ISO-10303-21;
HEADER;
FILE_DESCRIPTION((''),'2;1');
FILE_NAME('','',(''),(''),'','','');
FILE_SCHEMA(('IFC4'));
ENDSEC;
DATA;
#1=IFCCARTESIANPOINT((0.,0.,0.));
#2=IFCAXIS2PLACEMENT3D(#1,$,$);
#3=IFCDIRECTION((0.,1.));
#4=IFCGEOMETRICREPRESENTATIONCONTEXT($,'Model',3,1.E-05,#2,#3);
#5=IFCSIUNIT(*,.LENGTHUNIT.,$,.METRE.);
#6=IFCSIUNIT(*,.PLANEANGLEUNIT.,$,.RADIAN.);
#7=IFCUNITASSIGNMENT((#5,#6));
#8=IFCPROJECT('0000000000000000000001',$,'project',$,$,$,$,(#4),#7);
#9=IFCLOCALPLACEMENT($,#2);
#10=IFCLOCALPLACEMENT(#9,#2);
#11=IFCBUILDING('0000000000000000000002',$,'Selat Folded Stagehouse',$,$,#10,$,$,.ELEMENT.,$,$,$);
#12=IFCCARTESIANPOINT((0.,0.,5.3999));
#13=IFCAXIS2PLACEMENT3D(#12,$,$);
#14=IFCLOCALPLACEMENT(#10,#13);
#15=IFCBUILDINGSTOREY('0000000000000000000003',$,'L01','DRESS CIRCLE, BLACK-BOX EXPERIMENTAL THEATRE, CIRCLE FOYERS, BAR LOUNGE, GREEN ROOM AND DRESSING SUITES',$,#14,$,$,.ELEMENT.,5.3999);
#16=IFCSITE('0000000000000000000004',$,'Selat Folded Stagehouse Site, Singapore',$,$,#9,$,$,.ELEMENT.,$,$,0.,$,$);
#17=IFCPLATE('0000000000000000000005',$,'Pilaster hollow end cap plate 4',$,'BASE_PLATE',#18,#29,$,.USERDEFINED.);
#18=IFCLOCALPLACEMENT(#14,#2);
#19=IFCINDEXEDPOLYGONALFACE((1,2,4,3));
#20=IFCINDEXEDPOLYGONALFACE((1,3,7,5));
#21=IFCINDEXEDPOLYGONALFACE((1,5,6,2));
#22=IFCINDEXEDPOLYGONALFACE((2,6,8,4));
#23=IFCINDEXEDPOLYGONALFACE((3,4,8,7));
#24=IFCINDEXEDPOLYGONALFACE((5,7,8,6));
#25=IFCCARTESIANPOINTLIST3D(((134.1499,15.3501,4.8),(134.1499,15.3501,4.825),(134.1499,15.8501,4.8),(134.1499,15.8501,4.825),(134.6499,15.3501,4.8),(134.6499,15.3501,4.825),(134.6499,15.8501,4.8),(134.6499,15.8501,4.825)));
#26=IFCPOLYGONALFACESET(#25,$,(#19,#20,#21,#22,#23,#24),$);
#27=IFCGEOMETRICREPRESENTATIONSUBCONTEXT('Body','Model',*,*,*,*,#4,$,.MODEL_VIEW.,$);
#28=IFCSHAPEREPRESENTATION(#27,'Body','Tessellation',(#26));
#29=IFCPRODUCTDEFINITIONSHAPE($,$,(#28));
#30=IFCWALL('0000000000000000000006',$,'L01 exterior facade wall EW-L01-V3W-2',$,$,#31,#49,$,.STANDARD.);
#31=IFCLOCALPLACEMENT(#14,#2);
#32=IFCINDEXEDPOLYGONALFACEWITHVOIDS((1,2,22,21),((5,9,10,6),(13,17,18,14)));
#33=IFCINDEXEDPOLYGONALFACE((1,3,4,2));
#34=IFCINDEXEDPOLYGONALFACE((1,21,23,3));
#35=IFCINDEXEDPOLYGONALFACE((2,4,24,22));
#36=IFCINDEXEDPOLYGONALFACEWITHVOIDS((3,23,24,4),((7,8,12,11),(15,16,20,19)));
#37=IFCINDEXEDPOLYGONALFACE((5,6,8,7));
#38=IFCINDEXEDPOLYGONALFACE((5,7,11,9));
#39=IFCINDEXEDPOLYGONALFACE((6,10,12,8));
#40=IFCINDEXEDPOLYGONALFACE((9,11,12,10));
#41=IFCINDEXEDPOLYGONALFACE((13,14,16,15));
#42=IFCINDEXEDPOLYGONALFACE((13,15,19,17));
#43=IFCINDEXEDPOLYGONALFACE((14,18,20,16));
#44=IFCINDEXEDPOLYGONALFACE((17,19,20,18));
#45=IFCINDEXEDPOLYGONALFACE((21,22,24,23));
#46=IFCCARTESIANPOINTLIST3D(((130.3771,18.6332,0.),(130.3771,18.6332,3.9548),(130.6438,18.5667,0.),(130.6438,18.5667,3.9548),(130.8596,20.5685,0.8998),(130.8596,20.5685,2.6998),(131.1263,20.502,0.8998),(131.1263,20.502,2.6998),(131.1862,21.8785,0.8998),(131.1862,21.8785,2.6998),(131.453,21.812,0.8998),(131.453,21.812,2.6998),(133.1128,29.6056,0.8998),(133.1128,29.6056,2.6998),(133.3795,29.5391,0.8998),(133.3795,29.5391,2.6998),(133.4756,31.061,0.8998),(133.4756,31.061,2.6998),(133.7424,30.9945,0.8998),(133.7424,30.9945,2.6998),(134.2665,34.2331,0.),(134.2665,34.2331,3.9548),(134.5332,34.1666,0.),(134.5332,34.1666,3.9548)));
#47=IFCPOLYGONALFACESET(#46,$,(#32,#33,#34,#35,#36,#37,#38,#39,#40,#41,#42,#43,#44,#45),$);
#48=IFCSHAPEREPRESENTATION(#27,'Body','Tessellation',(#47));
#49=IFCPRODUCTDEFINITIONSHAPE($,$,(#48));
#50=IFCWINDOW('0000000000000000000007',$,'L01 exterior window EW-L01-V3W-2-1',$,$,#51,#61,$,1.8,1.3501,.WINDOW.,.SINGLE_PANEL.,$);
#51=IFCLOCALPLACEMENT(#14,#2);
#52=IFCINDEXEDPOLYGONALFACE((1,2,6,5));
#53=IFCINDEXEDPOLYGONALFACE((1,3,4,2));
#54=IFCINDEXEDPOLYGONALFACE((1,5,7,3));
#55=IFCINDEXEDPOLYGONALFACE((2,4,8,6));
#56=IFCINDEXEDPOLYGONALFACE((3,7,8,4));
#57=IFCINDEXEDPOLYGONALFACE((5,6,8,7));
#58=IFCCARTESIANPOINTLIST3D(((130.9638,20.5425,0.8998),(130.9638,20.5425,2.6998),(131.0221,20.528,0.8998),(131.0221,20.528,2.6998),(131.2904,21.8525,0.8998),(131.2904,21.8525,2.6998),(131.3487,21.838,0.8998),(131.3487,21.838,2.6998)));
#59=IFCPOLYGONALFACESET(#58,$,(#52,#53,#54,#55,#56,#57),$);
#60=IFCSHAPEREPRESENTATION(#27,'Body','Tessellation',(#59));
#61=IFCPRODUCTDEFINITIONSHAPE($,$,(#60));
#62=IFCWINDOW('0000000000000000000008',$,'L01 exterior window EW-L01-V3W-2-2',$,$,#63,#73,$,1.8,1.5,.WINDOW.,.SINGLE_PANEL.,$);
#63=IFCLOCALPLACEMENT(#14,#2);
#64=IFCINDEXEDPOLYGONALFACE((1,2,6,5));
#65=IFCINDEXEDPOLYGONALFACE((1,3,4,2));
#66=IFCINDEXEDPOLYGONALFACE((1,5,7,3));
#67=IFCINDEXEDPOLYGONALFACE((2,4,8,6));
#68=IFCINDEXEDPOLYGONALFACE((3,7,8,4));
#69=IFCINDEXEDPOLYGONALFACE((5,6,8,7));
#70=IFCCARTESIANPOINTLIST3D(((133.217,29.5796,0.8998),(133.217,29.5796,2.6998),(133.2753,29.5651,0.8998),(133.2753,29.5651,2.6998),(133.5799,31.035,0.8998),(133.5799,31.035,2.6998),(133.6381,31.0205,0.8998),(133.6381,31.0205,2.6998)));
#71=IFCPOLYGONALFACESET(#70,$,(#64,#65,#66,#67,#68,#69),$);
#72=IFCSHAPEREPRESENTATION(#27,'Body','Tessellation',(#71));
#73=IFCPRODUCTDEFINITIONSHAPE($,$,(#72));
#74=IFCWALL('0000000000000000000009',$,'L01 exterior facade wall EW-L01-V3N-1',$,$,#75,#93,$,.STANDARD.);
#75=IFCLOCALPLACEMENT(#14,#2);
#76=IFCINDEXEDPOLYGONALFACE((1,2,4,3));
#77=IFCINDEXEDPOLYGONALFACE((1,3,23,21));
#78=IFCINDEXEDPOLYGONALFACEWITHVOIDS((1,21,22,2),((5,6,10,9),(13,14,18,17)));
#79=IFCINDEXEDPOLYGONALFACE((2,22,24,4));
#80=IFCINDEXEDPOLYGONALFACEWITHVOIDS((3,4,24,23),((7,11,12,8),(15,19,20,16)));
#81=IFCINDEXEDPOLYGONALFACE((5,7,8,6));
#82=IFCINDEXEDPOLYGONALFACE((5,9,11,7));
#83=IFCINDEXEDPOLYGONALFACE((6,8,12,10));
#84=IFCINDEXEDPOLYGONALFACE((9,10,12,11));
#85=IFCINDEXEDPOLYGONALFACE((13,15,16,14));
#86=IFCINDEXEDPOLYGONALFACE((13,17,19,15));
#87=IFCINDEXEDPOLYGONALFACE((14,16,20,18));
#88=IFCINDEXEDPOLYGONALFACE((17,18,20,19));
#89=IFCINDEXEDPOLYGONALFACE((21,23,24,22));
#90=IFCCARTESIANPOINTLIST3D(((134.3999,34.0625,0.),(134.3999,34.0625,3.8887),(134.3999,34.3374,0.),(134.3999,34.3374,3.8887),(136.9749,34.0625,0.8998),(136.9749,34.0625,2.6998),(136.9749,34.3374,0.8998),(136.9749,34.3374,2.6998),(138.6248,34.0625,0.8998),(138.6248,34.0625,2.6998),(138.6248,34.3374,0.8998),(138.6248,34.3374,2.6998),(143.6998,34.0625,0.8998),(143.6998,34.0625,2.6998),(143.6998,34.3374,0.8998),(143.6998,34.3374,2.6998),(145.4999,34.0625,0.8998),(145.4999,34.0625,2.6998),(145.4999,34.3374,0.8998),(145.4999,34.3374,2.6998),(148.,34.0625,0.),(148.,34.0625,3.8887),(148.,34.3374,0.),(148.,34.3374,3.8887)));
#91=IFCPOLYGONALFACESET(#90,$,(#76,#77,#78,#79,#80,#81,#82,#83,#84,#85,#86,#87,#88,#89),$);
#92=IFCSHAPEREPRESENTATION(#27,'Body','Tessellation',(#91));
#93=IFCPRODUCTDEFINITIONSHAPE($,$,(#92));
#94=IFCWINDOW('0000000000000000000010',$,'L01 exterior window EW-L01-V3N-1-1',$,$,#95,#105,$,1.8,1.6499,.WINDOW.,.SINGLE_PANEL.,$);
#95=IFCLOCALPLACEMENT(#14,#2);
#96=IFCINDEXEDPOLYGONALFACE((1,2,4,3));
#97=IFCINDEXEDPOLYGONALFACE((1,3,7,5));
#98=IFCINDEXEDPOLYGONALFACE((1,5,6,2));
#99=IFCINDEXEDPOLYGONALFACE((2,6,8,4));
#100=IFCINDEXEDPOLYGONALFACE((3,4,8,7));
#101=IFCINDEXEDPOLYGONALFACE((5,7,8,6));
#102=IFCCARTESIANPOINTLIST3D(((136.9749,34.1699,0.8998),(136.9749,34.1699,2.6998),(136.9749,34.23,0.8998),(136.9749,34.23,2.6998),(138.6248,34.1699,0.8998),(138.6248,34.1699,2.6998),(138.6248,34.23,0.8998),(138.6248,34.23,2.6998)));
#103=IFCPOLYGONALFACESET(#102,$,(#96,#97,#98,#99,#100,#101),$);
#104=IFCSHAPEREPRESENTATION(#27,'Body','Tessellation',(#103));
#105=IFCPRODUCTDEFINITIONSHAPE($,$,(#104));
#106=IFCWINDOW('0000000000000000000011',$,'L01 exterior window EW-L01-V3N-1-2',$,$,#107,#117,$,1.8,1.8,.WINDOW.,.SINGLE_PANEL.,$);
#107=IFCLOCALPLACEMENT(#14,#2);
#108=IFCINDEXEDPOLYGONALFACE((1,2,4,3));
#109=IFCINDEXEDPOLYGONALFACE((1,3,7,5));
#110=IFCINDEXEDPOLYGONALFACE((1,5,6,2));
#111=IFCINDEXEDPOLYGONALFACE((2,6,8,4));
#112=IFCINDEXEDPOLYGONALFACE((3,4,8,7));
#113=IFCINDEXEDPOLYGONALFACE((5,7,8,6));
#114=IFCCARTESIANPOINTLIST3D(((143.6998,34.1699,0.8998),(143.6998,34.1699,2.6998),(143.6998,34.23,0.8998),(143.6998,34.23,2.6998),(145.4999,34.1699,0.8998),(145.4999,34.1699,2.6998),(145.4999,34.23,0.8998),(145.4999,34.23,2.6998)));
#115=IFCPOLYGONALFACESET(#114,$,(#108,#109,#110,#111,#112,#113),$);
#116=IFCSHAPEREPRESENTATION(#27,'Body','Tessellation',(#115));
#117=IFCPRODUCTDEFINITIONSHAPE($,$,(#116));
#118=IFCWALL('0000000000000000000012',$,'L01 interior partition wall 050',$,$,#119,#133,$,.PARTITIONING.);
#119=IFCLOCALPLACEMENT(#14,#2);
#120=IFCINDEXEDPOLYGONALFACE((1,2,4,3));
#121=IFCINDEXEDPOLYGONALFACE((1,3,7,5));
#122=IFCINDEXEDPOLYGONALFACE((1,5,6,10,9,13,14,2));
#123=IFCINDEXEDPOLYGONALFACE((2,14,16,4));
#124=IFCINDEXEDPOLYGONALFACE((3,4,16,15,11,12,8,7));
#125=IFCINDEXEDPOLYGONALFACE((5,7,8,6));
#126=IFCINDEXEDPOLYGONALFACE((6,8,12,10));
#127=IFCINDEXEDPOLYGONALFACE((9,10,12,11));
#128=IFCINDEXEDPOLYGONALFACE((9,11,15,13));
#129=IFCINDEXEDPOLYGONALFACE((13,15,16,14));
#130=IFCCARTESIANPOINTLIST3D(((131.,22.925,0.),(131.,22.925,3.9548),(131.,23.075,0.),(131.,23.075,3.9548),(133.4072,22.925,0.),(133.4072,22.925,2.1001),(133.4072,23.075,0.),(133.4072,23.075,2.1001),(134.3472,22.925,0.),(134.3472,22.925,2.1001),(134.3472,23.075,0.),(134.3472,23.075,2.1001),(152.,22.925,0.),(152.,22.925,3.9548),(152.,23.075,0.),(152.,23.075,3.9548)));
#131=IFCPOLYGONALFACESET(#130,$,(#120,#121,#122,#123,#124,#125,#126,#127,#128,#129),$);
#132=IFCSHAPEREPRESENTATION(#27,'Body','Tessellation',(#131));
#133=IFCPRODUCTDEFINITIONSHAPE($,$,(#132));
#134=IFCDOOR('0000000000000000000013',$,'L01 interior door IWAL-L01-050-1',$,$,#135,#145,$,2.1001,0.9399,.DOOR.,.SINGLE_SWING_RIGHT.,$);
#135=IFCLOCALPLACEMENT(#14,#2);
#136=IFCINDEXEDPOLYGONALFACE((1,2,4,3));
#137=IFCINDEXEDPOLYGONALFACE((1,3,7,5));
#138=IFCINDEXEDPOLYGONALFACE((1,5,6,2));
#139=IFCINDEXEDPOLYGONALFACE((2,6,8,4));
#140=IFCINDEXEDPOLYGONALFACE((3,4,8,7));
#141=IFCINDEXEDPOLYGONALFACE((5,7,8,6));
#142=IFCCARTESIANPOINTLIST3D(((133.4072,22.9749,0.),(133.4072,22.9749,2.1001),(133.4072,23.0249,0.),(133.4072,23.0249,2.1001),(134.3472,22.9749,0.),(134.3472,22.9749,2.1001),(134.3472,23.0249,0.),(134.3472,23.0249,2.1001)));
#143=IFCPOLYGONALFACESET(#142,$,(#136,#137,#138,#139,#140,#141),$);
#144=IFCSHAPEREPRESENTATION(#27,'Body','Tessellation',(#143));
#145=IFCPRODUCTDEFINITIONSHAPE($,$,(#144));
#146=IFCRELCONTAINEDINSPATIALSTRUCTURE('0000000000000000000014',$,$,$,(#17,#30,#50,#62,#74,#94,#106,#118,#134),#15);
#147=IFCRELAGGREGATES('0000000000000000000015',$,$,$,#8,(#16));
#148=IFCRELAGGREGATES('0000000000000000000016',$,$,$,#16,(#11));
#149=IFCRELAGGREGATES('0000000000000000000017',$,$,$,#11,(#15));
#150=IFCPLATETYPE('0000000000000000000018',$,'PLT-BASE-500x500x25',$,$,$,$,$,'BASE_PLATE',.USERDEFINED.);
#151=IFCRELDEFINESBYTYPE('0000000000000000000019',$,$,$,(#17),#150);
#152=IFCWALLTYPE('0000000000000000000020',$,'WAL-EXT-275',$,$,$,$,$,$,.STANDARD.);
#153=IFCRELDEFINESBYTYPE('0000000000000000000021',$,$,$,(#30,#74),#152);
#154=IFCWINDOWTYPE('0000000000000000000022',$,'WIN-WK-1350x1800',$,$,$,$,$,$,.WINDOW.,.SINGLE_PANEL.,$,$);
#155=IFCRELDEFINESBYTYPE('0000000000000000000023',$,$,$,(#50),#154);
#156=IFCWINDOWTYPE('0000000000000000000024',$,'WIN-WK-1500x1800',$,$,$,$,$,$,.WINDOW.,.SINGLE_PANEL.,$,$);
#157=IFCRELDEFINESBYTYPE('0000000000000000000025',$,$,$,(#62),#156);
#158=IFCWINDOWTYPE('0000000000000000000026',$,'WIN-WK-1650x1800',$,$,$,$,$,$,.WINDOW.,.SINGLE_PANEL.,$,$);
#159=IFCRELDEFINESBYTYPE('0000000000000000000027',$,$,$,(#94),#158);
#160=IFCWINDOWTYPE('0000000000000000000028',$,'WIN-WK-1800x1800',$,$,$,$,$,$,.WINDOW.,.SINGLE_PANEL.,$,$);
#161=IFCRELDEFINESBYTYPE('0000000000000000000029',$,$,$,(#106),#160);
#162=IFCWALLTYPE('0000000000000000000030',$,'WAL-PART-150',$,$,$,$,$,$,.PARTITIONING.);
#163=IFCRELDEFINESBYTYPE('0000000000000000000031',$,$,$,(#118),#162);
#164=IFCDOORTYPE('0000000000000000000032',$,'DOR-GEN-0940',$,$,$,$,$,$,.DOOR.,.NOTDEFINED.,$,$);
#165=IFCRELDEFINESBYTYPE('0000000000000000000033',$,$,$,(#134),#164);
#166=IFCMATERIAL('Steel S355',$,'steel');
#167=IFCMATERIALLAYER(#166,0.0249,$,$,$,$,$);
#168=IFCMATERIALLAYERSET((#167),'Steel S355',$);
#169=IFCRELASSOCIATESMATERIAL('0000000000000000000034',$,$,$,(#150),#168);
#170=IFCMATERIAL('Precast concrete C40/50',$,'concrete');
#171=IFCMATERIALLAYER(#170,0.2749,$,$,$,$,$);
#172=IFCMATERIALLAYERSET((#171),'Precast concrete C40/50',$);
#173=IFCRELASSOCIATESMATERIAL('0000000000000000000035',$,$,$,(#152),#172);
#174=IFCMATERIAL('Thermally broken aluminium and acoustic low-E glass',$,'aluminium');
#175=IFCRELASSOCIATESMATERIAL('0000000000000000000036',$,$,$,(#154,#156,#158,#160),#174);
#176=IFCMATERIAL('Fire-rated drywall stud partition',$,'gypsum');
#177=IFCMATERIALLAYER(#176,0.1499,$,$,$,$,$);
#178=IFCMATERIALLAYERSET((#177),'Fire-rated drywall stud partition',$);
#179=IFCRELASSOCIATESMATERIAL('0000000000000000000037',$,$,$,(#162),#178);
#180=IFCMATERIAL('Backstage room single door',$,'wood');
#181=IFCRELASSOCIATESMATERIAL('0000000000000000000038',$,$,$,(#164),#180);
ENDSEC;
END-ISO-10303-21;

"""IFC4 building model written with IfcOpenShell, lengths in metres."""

from ifc_helpers import new_model, si_unit, direction, frame, frame_2d, origin, origin_2d, place, context, subcontext, project, spatial, rectangle, extrude, material, layer, layer_set, type_object, element, fill, save


model = new_model("IFC4")

# Units and contexts
model_context = context("Model", 3, precision=1e-05, world=origin(), true_north=direction((0.0, 1.0)))
body_context = subcontext(model_context, "Body", "Model", "MODEL_VIEW")
ifc_project = project(units=[si_unit("LENGTHUNIT", "METRE"), si_unit("PLANEANGLEUNIT", "RADIAN")], contexts=[model_context])

# Site, building, storey
site_placement = place(None, origin())
site = spatial("IfcSite", under=ifc_project, at=site_placement, Name="Selat Folded Stagehouse Site, Singapore", CompositionType="ELEMENT", RefElevation=0.0)
building_placement = place(site_placement, origin())
building = spatial("IfcBuilding", under=site, at=building_placement, Name="Selat Folded Stagehouse", CompositionType="ELEMENT")
storey_placement = place(building_placement, frame((0.0, 0.0, 5.3999)))
storey = spatial("IfcBuildingStorey", under=building, at=storey_placement, Name="L01", Description="DRESS CIRCLE, BLACK-BOX EXPERIMENTAL THEATRE, CIRCLE FOYERS, BAR LOUNGE, GREEN ROOM AND DRESSING SUITES", CompositionType="ELEMENT", Elevation=5.3999)

# Shared definitions
ifc_material_1 = material(Name="Steel S355", Category="steel")

# Plate
ifc_layer_1 = layer(ifc_material_1, 0.0249)
ifc_layer_set_1 = layer_set([ifc_layer_1], Name="Steel S355")
plate_type = type_object("IfcPlateType", Name="PLT-BASE-500x500x25", ElementType="BASE_PLATE", PredefinedType="USERDEFINED", material=ifc_layer_set_1)
plate_placement = place(storey_placement, frame((134.3999, 15.6001, 4.8), z_axis=(0.0, 0.0, 1.0), x_axis=(1.0, 0.0, 0.0)))
element("IfcPlate", 1, at=plate_placement, inside=storey, type_object=plate_type, Name="Pilaster hollow end cap plate 4", ObjectType="BASE_PLATE", PredefinedType="USERDEFINED", context=body_context, shape_type="SweptSolid", body=[
    extrude(rectangle(XDim=0.5, YDim=0.5, at=origin_2d()), origin(), (0.0, 0.0, 1.0), 0.0249),
])

# Walls, openings, windows
ifc_material_2 = material(Name="Precast concrete C40/50", Category="concrete")
ifc_layer_2 = layer(ifc_material_2, 0.2749)
ifc_layer_set_2 = layer_set([ifc_layer_2], Name="Precast concrete C40/50")
wall_type_1 = type_object("IfcWallType", Name="WAL-EXT-275", PredefinedType="STANDARD", material=ifc_layer_set_2)
wall_1_placement = place(storey_placement, frame((130.5105, 18.6001, 0.0), z_axis=(0.0, 0.0, 1.0), x_axis=(0.241917, 0.970297, 0.0)))
wall_1 = element("IfcWall", 2, at=wall_1_placement, inside=storey, type_object=wall_type_1, Name="L01 exterior facade wall EW-L01-V3W-2", PredefinedType="STANDARD", context=body_context, shape_type="SweptSolid", body=[
    extrude(rectangle(XDim=16.0774, YDim=0.2749, at=frame_2d((8.0386, 0.0))), origin(), (0.0, 0.0, 1.0), 3.9548),
])
opening_1_placement = place(wall_1_placement, frame((1.9944, 0.0, 0.8999)))
opening_1 = element("IfcOpeningElement", 3, at=opening_1_placement, cuts=wall_1, PredefinedType="OPENING", context=body_context, shape_type="SweptSolid", body=[
    extrude(rectangle(XDim=1.3501, YDim=1.8, at=frame_2d((0.675, 0.8999))), frame((0.0, 0.1475, 0.0), z_axis=(0.0, -1.0, 0.0), x_axis=(1.0, 0.0, 0.0)), (0.0, 0.0, 1.0), 0.2949),
])
opening_2_placement = place(wall_1_placement, frame((11.3081, 0.0, 0.8999)))
opening_2 = element("IfcOpeningElement", 4, at=opening_2_placement, cuts=wall_1, PredefinedType="OPENING", context=body_context, shape_type="SweptSolid", body=[
    extrude(rectangle(XDim=1.5, YDim=1.8, at=frame_2d((0.75, 0.8999))), frame((0.0, 0.1475, 0.0), z_axis=(0.0, -1.0, 0.0), x_axis=(1.0, 0.0, 0.0)), (0.0, 0.0, 1.0), 0.2949),
])
ifc_material_3 = material(Name="Thermally broken aluminium and acoustic low-E glass", Category="aluminium")
window_type_1 = type_object("IfcWindowType", Name="WIN-WK-1350x1800", PartitioningType="SINGLE_PANEL", PredefinedType="WINDOW", material=ifc_material_3)
window_1_placement = place(opening_1_placement, origin())
window_1 = element("IfcWindow", 5, at=window_1_placement, inside=storey, type_object=window_type_1, Name="L01 exterior window EW-L01-V3W-2-1", OverallHeight=1.8, OverallWidth=1.3501, PartitioningType="SINGLE_PANEL", PredefinedType="WINDOW", context=body_context, shape_type="SweptSolid", body=[
    extrude(rectangle(XDim=1.3501, YDim=1.8, at=frame_2d((0.675, 0.8999))), frame((0.0, 0.03, 0.0), z_axis=(0.0, -1.0, 0.0), x_axis=(1.0, 0.0, 0.0)), (0.0, 0.0, 1.0), 0.0601),
])
fill(opening_1, window_1)
window_type_2 = type_object("IfcWindowType", Name="WIN-WK-1500x1800", PartitioningType="SINGLE_PANEL", PredefinedType="WINDOW", material=ifc_material_3)
window_2_placement = place(opening_2_placement, origin())
window_2 = element("IfcWindow", 6, at=window_2_placement, inside=storey, type_object=window_type_2, Name="L01 exterior window EW-L01-V3W-2-2", OverallHeight=1.8, OverallWidth=1.5, PartitioningType="SINGLE_PANEL", PredefinedType="WINDOW", context=body_context, shape_type="SweptSolid", body=[
    extrude(rectangle(XDim=1.5, YDim=1.8, at=frame_2d((0.75, 0.8999))), frame((0.0, 0.03, 0.0), z_axis=(0.0, -1.0, 0.0), x_axis=(1.0, 0.0, 0.0)), (0.0, 0.0, 1.0), 0.0601),
])
fill(opening_2, window_2)
wall_2_placement = place(storey_placement, frame((134.3999, 34.2, 0.0), z_axis=(0.0, 0.0, 1.0), x_axis=(1.0, 0.0, 0.0)))
wall_2 = element("IfcWall", 7, at=wall_2_placement, inside=storey, type_object=wall_type_1, Name="L01 exterior facade wall EW-L01-V3N-1", PredefinedType="STANDARD", context=body_context, shape_type="SweptSolid", body=[
    extrude(rectangle(XDim=13.6001, YDim=0.2749, at=frame_2d((6.8, 0.0))), origin(), (0.0, 0.0, 1.0), 3.8887),
])
opening_3_placement = place(wall_2_placement, frame((2.575, 0.0, 0.8999)))
opening_3 = element("IfcOpeningElement", 8, at=opening_3_placement, cuts=wall_2, PredefinedType="OPENING", context=body_context, shape_type="SweptSolid", body=[
    extrude(rectangle(XDim=1.6499, YDim=1.8, at=frame_2d((0.825, 0.8999))), frame((0.0, 0.1475, 0.0), z_axis=(0.0, -1.0, 0.0), x_axis=(1.0, 0.0, 0.0)), (0.0, 0.0, 1.0), 0.2949),
])
opening_4_placement = place(wall_2_placement, frame((9.3, 0.0, 0.8999)))
opening_4 = element("IfcOpeningElement", 9, at=opening_4_placement, cuts=wall_2, PredefinedType="OPENING", context=body_context, shape_type="SweptSolid", body=[
    extrude(rectangle(XDim=1.8, YDim=1.8, at=frame_2d((0.8999, 0.8999))), frame((0.0, 0.1475, 0.0), z_axis=(0.0, -1.0, 0.0), x_axis=(1.0, 0.0, 0.0)), (0.0, 0.0, 1.0), 0.2949),
])
window_type_3 = type_object("IfcWindowType", Name="WIN-WK-1650x1800", PartitioningType="SINGLE_PANEL", PredefinedType="WINDOW", material=ifc_material_3)
window_3_placement = place(opening_3_placement, origin())
window_3 = element("IfcWindow", 10, at=window_3_placement, inside=storey, type_object=window_type_3, Name="L01 exterior window EW-L01-V3N-1-1", OverallHeight=1.8, OverallWidth=1.6499, PartitioningType="SINGLE_PANEL", PredefinedType="WINDOW", context=body_context, shape_type="SweptSolid", body=[
    extrude(rectangle(XDim=1.6499, YDim=1.8, at=frame_2d((0.825, 0.8999))), frame((0.0, 0.03, 0.0), z_axis=(0.0, -1.0, 0.0), x_axis=(1.0, 0.0, 0.0)), (0.0, 0.0, 1.0), 0.0601),
])
fill(opening_3, window_3)
window_type_4 = type_object("IfcWindowType", Name="WIN-WK-1800x1800", PartitioningType="SINGLE_PANEL", PredefinedType="WINDOW", material=ifc_material_3)
window_4_placement = place(opening_4_placement, origin())
window_4 = element("IfcWindow", 11, at=window_4_placement, inside=storey, type_object=window_type_4, Name="L01 exterior window EW-L01-V3N-1-2", OverallHeight=1.8, OverallWidth=1.8, PartitioningType="SINGLE_PANEL", PredefinedType="WINDOW", context=body_context, shape_type="SweptSolid", body=[
    extrude(rectangle(XDim=1.8, YDim=1.8, at=frame_2d((0.8999, 0.8999))), frame((0.0, 0.03, 0.0), z_axis=(0.0, -1.0, 0.0), x_axis=(1.0, 0.0, 0.0)), (0.0, 0.0, 1.0), 0.0601),
])
fill(opening_4, window_4)

# Wall, opening, door
ifc_material_4 = material(Name="Fire-rated drywall stud partition", Category="gypsum")
ifc_layer_3 = layer(ifc_material_4, 0.1499)
ifc_layer_set_3 = layer_set([ifc_layer_3], Name="Fire-rated drywall stud partition")
wall_type_2 = type_object("IfcWallType", Name="WAL-PART-150", PredefinedType="PARTITIONING", material=ifc_layer_set_3)
wall_3_placement = place(storey_placement, frame((131.0, 23.0, 0.0), z_axis=(0.0, 0.0, 1.0), x_axis=(1.0, 0.0, 0.0)))
wall_3 = element("IfcWall", 12, at=wall_3_placement, inside=storey, type_object=wall_type_2, Name="L01 interior partition wall 050", PredefinedType="PARTITIONING", context=body_context, shape_type="SweptSolid", body=[
    extrude(rectangle(XDim=21.0, YDim=0.1499, at=frame_2d((10.5, 0.0))), origin(), (0.0, 0.0, 1.0), 3.9548),
])
opening_5_placement = place(wall_3_placement, frame((2.4072, 0.0, 0.0)))
opening_5 = element("IfcOpeningElement", 13, at=opening_5_placement, cuts=wall_3, PredefinedType="OPENING", context=body_context, shape_type="SweptSolid", body=[
    extrude(rectangle(XDim=0.9399, YDim=2.1001, at=frame_2d((0.47, 1.05))), frame((0.0, 0.085, 0.0), z_axis=(0.0, -1.0, 0.0), x_axis=(1.0, 0.0, 0.0)), (0.0, 0.0, 1.0), 0.1699),
])
ifc_material_5 = material(Name="Backstage room single door", Category="wood")
door_type = type_object("IfcDoorType", Name="DOR-GEN-0940", OperationType="NOTDEFINED", PredefinedType="DOOR", material=ifc_material_5)
door_placement = place(opening_5_placement, origin())
door = element("IfcDoor", 14, at=door_placement, inside=storey, type_object=door_type, Name="L01 interior door IWAL-L01-050-1", OperationType="SINGLE_SWING_RIGHT", OverallHeight=2.1001, OverallWidth=0.9399, PredefinedType="DOOR", context=body_context, shape_type="SweptSolid", body=[
    extrude(rectangle(XDim=0.9399, YDim=2.1001, at=frame_2d((0.47, 1.05))), frame((0.0, 0.0249, 0.0), z_axis=(0.0, -1.0, 0.0), x_axis=(1.0, 0.0, 0.0)), (0.0, 0.0, 1.0), 0.05),
])
fill(opening_5, door)

save(model, "model.ifc")
